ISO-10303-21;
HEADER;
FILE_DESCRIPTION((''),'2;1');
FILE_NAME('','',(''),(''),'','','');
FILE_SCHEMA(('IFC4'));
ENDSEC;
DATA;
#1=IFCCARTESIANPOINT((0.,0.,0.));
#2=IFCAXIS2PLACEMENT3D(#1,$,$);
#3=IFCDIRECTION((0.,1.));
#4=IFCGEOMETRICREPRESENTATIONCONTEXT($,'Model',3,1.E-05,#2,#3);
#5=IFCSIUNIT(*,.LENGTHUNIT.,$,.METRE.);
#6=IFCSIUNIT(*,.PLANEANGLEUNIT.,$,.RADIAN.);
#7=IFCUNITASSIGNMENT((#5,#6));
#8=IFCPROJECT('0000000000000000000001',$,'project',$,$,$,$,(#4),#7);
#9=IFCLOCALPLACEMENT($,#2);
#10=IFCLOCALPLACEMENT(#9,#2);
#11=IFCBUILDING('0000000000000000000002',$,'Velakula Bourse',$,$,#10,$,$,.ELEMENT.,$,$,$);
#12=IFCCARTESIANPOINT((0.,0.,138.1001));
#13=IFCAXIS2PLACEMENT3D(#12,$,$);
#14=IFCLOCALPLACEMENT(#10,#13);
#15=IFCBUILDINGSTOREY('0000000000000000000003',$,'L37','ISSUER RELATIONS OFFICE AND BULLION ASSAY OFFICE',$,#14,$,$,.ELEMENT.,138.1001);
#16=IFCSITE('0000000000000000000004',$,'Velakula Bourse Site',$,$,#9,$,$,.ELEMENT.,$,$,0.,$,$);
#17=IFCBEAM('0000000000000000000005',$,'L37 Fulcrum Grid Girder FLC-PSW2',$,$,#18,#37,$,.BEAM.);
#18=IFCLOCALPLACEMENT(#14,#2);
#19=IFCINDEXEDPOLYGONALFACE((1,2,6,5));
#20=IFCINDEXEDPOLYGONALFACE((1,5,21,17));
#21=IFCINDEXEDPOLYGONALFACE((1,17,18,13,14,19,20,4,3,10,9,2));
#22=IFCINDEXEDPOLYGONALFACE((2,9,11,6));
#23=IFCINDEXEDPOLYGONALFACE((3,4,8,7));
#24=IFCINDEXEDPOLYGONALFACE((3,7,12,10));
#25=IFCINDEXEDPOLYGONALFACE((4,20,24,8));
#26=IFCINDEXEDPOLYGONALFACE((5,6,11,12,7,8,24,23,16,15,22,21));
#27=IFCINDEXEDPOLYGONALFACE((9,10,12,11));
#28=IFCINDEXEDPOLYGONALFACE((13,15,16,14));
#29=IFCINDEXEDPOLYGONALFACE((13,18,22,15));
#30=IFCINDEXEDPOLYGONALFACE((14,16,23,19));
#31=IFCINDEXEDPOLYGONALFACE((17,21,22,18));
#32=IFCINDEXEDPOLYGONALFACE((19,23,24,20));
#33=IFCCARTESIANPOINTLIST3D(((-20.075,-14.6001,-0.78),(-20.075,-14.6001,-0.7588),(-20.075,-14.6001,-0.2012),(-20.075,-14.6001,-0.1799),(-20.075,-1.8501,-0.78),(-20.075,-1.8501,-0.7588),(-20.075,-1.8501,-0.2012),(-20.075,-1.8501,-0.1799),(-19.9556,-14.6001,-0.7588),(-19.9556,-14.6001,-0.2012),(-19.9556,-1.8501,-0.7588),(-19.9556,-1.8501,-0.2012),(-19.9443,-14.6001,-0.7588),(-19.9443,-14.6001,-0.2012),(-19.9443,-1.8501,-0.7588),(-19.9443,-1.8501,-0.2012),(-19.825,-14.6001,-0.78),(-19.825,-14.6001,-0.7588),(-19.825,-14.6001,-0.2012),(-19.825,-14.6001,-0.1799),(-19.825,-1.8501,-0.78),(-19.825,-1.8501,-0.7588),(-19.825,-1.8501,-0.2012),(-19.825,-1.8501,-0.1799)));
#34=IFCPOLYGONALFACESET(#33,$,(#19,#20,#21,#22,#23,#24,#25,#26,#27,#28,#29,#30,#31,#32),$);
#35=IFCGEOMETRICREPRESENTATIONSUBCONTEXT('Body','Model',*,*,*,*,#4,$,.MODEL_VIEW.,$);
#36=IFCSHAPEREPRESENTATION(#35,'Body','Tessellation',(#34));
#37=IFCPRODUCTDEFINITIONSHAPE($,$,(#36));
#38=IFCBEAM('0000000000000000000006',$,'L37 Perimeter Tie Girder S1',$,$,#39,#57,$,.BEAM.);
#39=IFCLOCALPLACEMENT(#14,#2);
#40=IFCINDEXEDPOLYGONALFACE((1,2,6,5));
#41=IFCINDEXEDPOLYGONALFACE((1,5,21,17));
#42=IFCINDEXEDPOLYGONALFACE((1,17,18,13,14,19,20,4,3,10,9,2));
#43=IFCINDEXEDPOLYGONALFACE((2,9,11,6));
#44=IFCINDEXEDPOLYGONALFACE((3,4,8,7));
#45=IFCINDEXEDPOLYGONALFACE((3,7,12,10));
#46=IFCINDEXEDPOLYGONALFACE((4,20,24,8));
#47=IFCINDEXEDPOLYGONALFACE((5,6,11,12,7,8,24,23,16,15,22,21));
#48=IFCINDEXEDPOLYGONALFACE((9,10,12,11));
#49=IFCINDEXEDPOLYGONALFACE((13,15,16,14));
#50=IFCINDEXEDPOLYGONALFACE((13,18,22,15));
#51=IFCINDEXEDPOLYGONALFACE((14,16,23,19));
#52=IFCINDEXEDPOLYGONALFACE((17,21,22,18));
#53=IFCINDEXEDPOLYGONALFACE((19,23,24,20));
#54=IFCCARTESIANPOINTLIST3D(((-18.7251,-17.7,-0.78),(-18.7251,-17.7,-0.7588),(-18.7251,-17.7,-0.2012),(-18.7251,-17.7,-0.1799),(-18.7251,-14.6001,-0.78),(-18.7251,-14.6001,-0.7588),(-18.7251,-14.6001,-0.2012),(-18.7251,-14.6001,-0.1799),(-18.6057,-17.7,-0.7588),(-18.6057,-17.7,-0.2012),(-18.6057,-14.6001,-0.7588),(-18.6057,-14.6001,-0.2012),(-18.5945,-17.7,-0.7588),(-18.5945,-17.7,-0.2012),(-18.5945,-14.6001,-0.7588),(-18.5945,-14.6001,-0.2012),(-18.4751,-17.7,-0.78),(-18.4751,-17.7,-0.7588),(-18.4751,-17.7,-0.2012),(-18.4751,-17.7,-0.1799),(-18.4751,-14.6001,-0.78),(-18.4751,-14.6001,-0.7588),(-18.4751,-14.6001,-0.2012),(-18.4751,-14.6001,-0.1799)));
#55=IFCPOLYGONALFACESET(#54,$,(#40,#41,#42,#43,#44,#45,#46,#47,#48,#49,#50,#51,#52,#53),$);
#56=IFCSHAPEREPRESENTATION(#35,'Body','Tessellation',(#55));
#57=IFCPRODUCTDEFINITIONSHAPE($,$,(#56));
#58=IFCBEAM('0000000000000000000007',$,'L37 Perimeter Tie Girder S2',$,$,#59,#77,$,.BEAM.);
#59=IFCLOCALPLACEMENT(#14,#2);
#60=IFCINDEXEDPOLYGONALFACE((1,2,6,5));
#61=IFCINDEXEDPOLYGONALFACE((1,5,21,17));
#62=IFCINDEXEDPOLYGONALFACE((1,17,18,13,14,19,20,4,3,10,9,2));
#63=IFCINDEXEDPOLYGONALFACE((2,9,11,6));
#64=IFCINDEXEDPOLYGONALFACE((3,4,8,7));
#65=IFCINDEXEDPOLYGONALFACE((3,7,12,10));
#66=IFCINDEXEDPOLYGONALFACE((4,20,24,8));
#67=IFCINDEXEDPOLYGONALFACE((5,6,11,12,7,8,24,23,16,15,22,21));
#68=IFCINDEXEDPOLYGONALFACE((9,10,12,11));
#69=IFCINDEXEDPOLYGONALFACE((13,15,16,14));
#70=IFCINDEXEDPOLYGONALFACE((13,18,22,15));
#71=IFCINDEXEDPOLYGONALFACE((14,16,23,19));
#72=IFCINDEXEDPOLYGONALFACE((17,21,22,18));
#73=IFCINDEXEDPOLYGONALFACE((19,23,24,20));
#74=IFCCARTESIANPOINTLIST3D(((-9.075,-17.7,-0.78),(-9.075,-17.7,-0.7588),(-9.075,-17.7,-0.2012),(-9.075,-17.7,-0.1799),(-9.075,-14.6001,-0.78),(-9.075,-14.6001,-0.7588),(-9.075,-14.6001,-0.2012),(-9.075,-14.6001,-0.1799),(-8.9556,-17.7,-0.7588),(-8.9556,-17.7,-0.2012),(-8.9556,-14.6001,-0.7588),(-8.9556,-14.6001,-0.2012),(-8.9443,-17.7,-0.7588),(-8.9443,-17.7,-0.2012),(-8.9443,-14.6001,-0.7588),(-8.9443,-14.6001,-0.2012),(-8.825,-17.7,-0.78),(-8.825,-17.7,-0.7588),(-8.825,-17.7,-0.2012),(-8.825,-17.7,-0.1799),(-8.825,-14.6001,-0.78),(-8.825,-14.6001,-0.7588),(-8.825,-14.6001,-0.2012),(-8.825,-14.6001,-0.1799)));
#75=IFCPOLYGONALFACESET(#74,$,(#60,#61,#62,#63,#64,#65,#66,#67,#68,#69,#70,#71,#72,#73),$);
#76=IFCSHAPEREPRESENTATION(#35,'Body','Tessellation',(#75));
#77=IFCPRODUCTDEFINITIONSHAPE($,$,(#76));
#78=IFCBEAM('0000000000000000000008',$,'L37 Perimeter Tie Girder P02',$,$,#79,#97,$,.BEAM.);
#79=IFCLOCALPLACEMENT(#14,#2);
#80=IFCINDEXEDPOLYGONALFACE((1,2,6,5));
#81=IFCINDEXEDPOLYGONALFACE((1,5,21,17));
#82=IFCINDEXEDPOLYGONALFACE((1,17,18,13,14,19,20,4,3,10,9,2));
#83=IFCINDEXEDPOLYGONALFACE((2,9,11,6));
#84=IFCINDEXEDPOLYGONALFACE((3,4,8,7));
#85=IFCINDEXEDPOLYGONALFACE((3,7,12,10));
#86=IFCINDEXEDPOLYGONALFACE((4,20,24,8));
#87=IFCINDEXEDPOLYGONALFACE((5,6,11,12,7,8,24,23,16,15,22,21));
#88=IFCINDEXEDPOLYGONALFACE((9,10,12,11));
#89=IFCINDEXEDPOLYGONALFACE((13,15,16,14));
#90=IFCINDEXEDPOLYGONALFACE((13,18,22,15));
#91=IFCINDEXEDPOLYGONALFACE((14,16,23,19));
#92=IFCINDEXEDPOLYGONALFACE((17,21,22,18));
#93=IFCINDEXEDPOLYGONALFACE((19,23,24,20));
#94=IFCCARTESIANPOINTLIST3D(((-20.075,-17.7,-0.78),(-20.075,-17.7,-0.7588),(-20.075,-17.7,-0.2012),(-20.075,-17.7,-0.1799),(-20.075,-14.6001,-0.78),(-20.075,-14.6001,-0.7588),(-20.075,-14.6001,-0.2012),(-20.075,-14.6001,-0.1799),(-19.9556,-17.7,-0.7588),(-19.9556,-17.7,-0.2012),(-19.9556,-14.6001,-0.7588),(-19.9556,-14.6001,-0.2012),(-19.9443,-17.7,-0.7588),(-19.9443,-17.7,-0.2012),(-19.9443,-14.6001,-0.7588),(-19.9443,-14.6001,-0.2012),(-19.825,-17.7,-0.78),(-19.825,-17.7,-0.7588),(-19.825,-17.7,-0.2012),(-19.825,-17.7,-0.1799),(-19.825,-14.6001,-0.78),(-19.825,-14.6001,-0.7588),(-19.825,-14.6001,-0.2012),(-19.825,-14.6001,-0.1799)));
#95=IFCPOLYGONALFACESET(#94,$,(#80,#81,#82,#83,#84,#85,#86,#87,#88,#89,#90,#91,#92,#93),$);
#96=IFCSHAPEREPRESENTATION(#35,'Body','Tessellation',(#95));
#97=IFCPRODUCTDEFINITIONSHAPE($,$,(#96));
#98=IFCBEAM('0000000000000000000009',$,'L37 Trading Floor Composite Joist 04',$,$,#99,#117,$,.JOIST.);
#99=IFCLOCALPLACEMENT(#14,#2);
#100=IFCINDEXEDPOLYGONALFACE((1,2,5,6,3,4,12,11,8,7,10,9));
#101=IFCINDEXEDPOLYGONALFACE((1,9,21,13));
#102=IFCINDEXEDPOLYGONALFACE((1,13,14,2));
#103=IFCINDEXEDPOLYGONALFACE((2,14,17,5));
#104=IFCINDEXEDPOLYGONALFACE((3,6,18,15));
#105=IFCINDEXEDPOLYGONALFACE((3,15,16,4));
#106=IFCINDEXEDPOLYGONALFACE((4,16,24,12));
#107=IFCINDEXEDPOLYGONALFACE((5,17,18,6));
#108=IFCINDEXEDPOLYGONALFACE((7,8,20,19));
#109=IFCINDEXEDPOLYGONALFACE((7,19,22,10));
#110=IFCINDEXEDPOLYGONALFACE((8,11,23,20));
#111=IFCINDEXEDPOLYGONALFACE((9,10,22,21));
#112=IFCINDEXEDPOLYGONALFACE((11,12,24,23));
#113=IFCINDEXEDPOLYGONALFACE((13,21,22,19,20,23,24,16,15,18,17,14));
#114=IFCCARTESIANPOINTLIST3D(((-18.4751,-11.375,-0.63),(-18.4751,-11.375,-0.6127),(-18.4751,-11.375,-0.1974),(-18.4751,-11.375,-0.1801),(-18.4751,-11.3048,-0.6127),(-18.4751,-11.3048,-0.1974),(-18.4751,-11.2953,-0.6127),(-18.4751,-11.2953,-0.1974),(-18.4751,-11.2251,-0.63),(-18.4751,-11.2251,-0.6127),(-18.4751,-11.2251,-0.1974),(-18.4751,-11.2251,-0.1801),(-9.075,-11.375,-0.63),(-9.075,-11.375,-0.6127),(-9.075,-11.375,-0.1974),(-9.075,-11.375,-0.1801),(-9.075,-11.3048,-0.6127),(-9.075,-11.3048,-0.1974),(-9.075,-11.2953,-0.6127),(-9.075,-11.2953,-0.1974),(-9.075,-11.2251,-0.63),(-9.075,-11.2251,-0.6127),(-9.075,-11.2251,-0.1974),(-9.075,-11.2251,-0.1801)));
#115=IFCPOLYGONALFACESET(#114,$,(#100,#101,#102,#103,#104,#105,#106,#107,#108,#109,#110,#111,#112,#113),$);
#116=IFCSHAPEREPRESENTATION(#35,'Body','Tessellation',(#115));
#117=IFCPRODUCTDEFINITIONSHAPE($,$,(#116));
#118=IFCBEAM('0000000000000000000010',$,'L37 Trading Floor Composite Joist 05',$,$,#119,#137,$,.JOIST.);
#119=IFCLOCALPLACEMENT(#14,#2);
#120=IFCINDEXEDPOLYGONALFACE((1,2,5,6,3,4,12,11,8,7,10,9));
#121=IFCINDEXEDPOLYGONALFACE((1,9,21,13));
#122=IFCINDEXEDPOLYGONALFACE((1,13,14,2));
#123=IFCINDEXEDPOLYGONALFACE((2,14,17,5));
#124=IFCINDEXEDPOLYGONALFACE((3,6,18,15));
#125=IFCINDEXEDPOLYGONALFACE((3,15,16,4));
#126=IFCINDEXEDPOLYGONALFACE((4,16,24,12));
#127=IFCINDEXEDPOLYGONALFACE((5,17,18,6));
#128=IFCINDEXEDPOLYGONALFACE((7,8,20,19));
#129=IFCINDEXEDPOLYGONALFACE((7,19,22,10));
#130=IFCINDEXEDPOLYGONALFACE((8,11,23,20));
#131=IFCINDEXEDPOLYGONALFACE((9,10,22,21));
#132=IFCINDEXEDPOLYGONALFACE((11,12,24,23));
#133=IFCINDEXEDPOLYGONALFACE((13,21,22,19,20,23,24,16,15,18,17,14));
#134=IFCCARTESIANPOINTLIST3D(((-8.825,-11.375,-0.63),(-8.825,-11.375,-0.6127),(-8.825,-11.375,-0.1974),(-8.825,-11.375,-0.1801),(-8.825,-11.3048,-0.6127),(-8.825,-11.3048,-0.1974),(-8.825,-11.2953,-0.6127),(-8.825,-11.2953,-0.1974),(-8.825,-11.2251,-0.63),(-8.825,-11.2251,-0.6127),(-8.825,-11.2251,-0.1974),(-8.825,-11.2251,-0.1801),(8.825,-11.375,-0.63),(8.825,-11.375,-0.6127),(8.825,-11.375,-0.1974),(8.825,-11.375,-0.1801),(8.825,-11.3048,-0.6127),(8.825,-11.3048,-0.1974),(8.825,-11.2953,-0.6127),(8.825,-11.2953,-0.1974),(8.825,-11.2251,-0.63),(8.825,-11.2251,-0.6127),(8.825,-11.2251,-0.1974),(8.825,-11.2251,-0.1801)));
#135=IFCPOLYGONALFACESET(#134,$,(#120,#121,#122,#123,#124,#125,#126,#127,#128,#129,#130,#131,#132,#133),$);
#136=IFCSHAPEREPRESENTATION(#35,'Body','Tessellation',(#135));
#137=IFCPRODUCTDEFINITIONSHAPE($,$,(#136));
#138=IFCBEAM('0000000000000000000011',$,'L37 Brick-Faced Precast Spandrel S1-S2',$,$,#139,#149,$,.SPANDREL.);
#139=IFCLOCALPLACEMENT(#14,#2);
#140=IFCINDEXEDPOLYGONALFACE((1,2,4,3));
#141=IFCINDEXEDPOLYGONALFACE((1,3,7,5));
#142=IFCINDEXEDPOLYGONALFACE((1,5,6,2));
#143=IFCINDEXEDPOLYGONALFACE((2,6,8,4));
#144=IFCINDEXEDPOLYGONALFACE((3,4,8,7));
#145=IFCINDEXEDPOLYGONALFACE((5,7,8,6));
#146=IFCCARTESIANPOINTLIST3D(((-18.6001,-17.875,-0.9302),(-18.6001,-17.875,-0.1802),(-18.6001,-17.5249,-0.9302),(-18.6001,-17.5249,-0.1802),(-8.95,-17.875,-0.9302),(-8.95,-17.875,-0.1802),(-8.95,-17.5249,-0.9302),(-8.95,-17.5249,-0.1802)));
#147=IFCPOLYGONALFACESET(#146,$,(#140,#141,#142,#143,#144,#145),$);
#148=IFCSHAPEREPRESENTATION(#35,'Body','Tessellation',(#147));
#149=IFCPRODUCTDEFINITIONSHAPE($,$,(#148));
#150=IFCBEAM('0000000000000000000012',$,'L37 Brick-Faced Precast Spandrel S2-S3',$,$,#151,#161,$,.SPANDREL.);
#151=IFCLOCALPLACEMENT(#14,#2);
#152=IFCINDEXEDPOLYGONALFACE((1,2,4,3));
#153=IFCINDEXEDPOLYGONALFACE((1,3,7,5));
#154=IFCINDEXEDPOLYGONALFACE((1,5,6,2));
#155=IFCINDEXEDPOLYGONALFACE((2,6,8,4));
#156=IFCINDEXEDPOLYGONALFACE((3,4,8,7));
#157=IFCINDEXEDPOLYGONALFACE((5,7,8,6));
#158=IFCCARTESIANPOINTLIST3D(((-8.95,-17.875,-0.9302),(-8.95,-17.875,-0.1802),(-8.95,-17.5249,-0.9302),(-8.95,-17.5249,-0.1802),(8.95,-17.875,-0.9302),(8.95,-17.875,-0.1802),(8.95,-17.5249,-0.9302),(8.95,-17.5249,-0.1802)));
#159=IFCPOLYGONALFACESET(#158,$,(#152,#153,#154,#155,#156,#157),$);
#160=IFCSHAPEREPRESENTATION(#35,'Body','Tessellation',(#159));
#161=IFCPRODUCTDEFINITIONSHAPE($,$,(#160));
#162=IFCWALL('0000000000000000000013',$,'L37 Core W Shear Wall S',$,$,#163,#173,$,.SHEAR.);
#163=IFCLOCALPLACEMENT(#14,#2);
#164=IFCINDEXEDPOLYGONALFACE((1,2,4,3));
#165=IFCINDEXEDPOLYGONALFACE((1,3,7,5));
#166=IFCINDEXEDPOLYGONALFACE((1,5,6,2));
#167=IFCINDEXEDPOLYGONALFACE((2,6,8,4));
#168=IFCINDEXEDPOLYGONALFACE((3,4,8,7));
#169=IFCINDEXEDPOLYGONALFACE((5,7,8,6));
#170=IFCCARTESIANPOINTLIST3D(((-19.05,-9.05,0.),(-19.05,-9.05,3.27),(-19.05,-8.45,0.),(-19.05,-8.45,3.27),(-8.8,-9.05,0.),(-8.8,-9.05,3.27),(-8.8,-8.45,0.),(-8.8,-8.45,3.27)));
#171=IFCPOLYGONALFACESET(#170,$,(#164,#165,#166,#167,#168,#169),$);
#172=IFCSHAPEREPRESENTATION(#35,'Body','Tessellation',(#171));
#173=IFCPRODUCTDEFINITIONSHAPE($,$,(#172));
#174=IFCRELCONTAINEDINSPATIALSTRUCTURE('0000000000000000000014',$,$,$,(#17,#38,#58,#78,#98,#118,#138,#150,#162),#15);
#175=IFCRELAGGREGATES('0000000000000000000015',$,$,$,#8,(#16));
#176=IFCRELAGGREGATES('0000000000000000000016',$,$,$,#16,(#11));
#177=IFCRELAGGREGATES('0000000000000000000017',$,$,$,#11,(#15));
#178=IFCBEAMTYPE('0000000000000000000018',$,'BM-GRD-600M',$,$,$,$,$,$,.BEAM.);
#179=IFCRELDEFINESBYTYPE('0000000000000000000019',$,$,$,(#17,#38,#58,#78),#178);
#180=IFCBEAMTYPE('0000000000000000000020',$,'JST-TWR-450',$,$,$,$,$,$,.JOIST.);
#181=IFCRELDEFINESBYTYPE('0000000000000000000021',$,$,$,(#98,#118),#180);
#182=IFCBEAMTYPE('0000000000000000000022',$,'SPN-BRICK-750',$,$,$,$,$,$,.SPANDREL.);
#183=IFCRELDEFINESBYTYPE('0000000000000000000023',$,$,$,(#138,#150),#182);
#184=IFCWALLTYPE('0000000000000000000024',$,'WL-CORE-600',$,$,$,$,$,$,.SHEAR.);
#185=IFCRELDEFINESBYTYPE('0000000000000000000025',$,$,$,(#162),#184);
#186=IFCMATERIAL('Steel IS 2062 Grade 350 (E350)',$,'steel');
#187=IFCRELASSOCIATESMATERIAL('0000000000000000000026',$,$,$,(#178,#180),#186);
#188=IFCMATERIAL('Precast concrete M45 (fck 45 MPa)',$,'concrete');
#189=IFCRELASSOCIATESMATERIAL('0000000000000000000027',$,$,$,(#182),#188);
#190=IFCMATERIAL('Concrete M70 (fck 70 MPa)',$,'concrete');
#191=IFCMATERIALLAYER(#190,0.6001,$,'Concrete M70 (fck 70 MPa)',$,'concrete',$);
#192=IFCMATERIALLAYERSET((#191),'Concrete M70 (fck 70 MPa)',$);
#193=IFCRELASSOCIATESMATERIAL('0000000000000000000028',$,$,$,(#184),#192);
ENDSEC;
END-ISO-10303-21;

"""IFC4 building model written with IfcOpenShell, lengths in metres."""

from ifc_helpers import new_model, si_unit, direction, frame, frame_2d, origin, origin_2d, place, context, subcontext, project, spatial, rectangle, i_section, extrude, material, layer, layer_set, material_profile, profile_set, type_object, element, save


model = new_model("IFC4")

# Units and contexts
model_context = context("Model", 3, precision=1e-05, world=origin(), true_north=direction((0.0, 1.0)))
body_context = subcontext(model_context, "Body", "Model", "MODEL_VIEW")
ifc_project = project(units=[si_unit("LENGTHUNIT", "METRE"), si_unit("PLANEANGLEUNIT", "RADIAN")], contexts=[model_context])

# Site, building, storey
site_placement = place(None, origin())
site = spatial("IfcSite", under=ifc_project, at=site_placement, Name="Velakula Bourse Site", CompositionType="ELEMENT", RefElevation=0.0)
building_placement = place(site_placement, origin())
building = spatial("IfcBuilding", under=site, at=building_placement, Name="Velakula Bourse", CompositionType="ELEMENT")
storey_placement = place(building_placement, frame((0.0, 0.0, 138.1001)))
storey = spatial("IfcBuildingStorey", under=building, at=storey_placement, Name="L37", Description="ISSUER RELATIONS OFFICE AND BULLION ASSAY OFFICE", CompositionType="ELEMENT", Elevation=138.1001)

# Shared definitions
ifc_material_1 = material(Name="Concrete M70 (fck 70 MPa)", Category="concrete")
ifc_material_2 = material(Name="Steel IS 2062 Grade 350 (E350)", Category="steel")

# Beams
ifc_material_profile_1 = material_profile(ifc_material_2, i_section(OverallWidth=0.25, OverallDepth=0.6001, WebThickness=0.0112, FlangeThickness=0.0212, at=origin_2d()), Name="Steel IS 2062 Grade 350 (E350)")
ifc_profile_set_1 = profile_set([ifc_material_profile_1], Name="Steel IS 2062 Grade 350 (E350)")
beam_type_1 = type_object("IfcBeamType", Name="BM-GRD-600M", PredefinedType="BEAM", material=ifc_profile_set_1)
beam_1_placement = place(storey_placement, frame((-19.95, -14.6001, -0.48), z_axis=(0.0, 1.0, 0.0), x_axis=(-1.0, 0.0, 0.0)))
element("IfcBeam", 1, at=beam_1_placement, inside=storey, type_object=beam_type_1, Name="L37 Fulcrum Grid Girder FLC-PSW2", PredefinedType="BEAM", context=body_context, shape_type="SweptSolid", body=[
    extrude(i_section(OverallWidth=0.25, OverallDepth=0.6001, WebThickness=0.0112, FlangeThickness=0.0212, at=origin_2d()), origin(), (0.0, 0.0, 1.0), 12.75),
])
for number, where, z_axis, x_axis, name in (
    (2, (-18.6001, -14.6001, -0.48), (0.0, -1.0, 0.0), (1.0, 0.0, 0.0), "L37 Perimeter Tie Girder S1"),
    (3, (-8.95, -14.6001, -0.48), (0.0, -1.0, 0.0), (1.0, 0.0, 0.0), "L37 Perimeter Tie Girder S2"),
    (4, (-19.95, -14.6001, -0.48), (0.0, -1.0, 0.0), (1.0, 0.0, 0.0), "L37 Perimeter Tie Girder P02"),
):
    element("IfcBeam", number, at=place(storey_placement, frame(where, z_axis=z_axis, x_axis=x_axis)), inside=storey, type_object=beam_type_1, Name=name, PredefinedType="BEAM", context=body_context, shape_type="SweptSolid", body=[
        extrude(i_section(OverallWidth=0.25, OverallDepth=0.6001, WebThickness=0.0112, FlangeThickness=0.0212, at=origin_2d()), origin(), (0.0, 0.0, 1.0), 3.0999),
    ])
ifc_material_profile_2 = material_profile(ifc_material_2, i_section(OverallWidth=0.1499, OverallDepth=0.45, WebThickness=0.0095, FlangeThickness=0.0173, at=origin_2d()), Name="Steel IS 2062 Grade 350 (E350)")
ifc_profile_set_2 = profile_set([ifc_material_profile_2], Name="Steel IS 2062 Grade 350 (E350)")
beam_type_2 = type_object("IfcBeamType", Name="JST-TWR-450", PredefinedType="JOIST", material=ifc_profile_set_2)
beam_2_placement = place(storey_placement, frame((-18.4751, -11.3, -0.405), z_axis=(1.0, 0.0, 0.0), x_axis=(0.0, 1.0, 0.0)))
element("IfcBeam", 5, at=beam_2_placement, inside=storey, type_object=beam_type_2, Name="L37 Trading Floor Composite Joist 04", PredefinedType="JOIST", context=body_context, shape_type="SweptSolid", body=[
    extrude(i_section(OverallWidth=0.1499, OverallDepth=0.45, WebThickness=0.0095, FlangeThickness=0.0173, at=origin_2d()), origin(), (0.0, 0.0, 1.0), 9.4001),
])
beam_3_placement = place(storey_placement, frame((-8.825, -11.3, -0.405), z_axis=(1.0, 0.0, 0.0), x_axis=(0.0, 1.0, 0.0)))
element("IfcBeam", 6, at=beam_3_placement, inside=storey, type_object=beam_type_2, Name="L37 Trading Floor Composite Joist 05", PredefinedType="JOIST", context=body_context, shape_type="SweptSolid", body=[
    extrude(i_section(OverallWidth=0.1499, OverallDepth=0.45, WebThickness=0.0095, FlangeThickness=0.0173, at=origin_2d()), origin(), (0.0, 0.0, 1.0), 17.6499),
])
ifc_material_3 = material(Name="Precast concrete M45 (fck 45 MPa)", Category="concrete")
ifc_material_profile_3 = material_profile(ifc_material_3, rectangle(XDim=0.3501, YDim=0.75, at=origin_2d()), Name="Precast concrete M45 (fck 45 MPa)")
ifc_profile_set_3 = profile_set([ifc_material_profile_3], Name="Precast concrete M45 (fck 45 MPa)")
beam_type_3 = type_object("IfcBeamType", Name="SPN-BRICK-750", PredefinedType="SPANDREL", material=ifc_profile_set_3)
beam_4_placement = place(storey_placement, frame((-18.6001, -17.7, -0.5552), z_axis=(1.0, 0.0, 0.0), x_axis=(0.0, 1.0, 0.0)))
element("IfcBeam", 7, at=beam_4_placement, inside=storey, type_object=beam_type_3, Name="L37 Brick-Faced Precast Spandrel S1-S2", PredefinedType="SPANDREL", context=body_context, shape_type="SweptSolid", body=[
    extrude(rectangle(XDim=0.3501, YDim=0.75, at=origin_2d()), origin(), (0.0, 0.0, 1.0), 9.6501),
])
beam_5_placement = place(storey_placement, frame((-8.95, -17.7, -0.5552), z_axis=(1.0, 0.0, 0.0), x_axis=(0.0, 1.0, 0.0)))
element("IfcBeam", 8, at=beam_5_placement, inside=storey, type_object=beam_type_3, Name="L37 Brick-Faced Precast Spandrel S2-S3", PredefinedType="SPANDREL", context=body_context, shape_type="SweptSolid", body=[
    extrude(rectangle(XDim=0.3501, YDim=0.75, at=origin_2d()), origin(), (0.0, 0.0, 1.0), 17.8999),
])

# Wall
ifc_layer_1 = layer(ifc_material_1, 0.6001, Name="Concrete M70 (fck 70 MPa)", Category="concrete")
ifc_layer_set_1 = layer_set([ifc_layer_1], Name="Concrete M70 (fck 70 MPa)")
wall_type_1 = type_object("IfcWallType", Name="WL-CORE-600", PredefinedType="SHEAR", material=ifc_layer_set_1)
wall_1_placement = place(storey_placement, frame((-19.05, -8.75, 0.0), z_axis=(0.0, 0.0, 1.0), x_axis=(1.0, 0.0, 0.0)))
element("IfcWall", 9, at=wall_1_placement, inside=storey, type_object=wall_type_1, Name="L37 Core W Shear Wall S", PredefinedType="SHEAR", context=body_context, shape_type="SweptSolid", body=[
    extrude(rectangle(XDim=10.25, YDim=0.6001, at=frame_2d((5.125, 0.0))), origin(), (0.0, 0.0, 1.0), 3.27),
])

save(model, "model.ifc")
